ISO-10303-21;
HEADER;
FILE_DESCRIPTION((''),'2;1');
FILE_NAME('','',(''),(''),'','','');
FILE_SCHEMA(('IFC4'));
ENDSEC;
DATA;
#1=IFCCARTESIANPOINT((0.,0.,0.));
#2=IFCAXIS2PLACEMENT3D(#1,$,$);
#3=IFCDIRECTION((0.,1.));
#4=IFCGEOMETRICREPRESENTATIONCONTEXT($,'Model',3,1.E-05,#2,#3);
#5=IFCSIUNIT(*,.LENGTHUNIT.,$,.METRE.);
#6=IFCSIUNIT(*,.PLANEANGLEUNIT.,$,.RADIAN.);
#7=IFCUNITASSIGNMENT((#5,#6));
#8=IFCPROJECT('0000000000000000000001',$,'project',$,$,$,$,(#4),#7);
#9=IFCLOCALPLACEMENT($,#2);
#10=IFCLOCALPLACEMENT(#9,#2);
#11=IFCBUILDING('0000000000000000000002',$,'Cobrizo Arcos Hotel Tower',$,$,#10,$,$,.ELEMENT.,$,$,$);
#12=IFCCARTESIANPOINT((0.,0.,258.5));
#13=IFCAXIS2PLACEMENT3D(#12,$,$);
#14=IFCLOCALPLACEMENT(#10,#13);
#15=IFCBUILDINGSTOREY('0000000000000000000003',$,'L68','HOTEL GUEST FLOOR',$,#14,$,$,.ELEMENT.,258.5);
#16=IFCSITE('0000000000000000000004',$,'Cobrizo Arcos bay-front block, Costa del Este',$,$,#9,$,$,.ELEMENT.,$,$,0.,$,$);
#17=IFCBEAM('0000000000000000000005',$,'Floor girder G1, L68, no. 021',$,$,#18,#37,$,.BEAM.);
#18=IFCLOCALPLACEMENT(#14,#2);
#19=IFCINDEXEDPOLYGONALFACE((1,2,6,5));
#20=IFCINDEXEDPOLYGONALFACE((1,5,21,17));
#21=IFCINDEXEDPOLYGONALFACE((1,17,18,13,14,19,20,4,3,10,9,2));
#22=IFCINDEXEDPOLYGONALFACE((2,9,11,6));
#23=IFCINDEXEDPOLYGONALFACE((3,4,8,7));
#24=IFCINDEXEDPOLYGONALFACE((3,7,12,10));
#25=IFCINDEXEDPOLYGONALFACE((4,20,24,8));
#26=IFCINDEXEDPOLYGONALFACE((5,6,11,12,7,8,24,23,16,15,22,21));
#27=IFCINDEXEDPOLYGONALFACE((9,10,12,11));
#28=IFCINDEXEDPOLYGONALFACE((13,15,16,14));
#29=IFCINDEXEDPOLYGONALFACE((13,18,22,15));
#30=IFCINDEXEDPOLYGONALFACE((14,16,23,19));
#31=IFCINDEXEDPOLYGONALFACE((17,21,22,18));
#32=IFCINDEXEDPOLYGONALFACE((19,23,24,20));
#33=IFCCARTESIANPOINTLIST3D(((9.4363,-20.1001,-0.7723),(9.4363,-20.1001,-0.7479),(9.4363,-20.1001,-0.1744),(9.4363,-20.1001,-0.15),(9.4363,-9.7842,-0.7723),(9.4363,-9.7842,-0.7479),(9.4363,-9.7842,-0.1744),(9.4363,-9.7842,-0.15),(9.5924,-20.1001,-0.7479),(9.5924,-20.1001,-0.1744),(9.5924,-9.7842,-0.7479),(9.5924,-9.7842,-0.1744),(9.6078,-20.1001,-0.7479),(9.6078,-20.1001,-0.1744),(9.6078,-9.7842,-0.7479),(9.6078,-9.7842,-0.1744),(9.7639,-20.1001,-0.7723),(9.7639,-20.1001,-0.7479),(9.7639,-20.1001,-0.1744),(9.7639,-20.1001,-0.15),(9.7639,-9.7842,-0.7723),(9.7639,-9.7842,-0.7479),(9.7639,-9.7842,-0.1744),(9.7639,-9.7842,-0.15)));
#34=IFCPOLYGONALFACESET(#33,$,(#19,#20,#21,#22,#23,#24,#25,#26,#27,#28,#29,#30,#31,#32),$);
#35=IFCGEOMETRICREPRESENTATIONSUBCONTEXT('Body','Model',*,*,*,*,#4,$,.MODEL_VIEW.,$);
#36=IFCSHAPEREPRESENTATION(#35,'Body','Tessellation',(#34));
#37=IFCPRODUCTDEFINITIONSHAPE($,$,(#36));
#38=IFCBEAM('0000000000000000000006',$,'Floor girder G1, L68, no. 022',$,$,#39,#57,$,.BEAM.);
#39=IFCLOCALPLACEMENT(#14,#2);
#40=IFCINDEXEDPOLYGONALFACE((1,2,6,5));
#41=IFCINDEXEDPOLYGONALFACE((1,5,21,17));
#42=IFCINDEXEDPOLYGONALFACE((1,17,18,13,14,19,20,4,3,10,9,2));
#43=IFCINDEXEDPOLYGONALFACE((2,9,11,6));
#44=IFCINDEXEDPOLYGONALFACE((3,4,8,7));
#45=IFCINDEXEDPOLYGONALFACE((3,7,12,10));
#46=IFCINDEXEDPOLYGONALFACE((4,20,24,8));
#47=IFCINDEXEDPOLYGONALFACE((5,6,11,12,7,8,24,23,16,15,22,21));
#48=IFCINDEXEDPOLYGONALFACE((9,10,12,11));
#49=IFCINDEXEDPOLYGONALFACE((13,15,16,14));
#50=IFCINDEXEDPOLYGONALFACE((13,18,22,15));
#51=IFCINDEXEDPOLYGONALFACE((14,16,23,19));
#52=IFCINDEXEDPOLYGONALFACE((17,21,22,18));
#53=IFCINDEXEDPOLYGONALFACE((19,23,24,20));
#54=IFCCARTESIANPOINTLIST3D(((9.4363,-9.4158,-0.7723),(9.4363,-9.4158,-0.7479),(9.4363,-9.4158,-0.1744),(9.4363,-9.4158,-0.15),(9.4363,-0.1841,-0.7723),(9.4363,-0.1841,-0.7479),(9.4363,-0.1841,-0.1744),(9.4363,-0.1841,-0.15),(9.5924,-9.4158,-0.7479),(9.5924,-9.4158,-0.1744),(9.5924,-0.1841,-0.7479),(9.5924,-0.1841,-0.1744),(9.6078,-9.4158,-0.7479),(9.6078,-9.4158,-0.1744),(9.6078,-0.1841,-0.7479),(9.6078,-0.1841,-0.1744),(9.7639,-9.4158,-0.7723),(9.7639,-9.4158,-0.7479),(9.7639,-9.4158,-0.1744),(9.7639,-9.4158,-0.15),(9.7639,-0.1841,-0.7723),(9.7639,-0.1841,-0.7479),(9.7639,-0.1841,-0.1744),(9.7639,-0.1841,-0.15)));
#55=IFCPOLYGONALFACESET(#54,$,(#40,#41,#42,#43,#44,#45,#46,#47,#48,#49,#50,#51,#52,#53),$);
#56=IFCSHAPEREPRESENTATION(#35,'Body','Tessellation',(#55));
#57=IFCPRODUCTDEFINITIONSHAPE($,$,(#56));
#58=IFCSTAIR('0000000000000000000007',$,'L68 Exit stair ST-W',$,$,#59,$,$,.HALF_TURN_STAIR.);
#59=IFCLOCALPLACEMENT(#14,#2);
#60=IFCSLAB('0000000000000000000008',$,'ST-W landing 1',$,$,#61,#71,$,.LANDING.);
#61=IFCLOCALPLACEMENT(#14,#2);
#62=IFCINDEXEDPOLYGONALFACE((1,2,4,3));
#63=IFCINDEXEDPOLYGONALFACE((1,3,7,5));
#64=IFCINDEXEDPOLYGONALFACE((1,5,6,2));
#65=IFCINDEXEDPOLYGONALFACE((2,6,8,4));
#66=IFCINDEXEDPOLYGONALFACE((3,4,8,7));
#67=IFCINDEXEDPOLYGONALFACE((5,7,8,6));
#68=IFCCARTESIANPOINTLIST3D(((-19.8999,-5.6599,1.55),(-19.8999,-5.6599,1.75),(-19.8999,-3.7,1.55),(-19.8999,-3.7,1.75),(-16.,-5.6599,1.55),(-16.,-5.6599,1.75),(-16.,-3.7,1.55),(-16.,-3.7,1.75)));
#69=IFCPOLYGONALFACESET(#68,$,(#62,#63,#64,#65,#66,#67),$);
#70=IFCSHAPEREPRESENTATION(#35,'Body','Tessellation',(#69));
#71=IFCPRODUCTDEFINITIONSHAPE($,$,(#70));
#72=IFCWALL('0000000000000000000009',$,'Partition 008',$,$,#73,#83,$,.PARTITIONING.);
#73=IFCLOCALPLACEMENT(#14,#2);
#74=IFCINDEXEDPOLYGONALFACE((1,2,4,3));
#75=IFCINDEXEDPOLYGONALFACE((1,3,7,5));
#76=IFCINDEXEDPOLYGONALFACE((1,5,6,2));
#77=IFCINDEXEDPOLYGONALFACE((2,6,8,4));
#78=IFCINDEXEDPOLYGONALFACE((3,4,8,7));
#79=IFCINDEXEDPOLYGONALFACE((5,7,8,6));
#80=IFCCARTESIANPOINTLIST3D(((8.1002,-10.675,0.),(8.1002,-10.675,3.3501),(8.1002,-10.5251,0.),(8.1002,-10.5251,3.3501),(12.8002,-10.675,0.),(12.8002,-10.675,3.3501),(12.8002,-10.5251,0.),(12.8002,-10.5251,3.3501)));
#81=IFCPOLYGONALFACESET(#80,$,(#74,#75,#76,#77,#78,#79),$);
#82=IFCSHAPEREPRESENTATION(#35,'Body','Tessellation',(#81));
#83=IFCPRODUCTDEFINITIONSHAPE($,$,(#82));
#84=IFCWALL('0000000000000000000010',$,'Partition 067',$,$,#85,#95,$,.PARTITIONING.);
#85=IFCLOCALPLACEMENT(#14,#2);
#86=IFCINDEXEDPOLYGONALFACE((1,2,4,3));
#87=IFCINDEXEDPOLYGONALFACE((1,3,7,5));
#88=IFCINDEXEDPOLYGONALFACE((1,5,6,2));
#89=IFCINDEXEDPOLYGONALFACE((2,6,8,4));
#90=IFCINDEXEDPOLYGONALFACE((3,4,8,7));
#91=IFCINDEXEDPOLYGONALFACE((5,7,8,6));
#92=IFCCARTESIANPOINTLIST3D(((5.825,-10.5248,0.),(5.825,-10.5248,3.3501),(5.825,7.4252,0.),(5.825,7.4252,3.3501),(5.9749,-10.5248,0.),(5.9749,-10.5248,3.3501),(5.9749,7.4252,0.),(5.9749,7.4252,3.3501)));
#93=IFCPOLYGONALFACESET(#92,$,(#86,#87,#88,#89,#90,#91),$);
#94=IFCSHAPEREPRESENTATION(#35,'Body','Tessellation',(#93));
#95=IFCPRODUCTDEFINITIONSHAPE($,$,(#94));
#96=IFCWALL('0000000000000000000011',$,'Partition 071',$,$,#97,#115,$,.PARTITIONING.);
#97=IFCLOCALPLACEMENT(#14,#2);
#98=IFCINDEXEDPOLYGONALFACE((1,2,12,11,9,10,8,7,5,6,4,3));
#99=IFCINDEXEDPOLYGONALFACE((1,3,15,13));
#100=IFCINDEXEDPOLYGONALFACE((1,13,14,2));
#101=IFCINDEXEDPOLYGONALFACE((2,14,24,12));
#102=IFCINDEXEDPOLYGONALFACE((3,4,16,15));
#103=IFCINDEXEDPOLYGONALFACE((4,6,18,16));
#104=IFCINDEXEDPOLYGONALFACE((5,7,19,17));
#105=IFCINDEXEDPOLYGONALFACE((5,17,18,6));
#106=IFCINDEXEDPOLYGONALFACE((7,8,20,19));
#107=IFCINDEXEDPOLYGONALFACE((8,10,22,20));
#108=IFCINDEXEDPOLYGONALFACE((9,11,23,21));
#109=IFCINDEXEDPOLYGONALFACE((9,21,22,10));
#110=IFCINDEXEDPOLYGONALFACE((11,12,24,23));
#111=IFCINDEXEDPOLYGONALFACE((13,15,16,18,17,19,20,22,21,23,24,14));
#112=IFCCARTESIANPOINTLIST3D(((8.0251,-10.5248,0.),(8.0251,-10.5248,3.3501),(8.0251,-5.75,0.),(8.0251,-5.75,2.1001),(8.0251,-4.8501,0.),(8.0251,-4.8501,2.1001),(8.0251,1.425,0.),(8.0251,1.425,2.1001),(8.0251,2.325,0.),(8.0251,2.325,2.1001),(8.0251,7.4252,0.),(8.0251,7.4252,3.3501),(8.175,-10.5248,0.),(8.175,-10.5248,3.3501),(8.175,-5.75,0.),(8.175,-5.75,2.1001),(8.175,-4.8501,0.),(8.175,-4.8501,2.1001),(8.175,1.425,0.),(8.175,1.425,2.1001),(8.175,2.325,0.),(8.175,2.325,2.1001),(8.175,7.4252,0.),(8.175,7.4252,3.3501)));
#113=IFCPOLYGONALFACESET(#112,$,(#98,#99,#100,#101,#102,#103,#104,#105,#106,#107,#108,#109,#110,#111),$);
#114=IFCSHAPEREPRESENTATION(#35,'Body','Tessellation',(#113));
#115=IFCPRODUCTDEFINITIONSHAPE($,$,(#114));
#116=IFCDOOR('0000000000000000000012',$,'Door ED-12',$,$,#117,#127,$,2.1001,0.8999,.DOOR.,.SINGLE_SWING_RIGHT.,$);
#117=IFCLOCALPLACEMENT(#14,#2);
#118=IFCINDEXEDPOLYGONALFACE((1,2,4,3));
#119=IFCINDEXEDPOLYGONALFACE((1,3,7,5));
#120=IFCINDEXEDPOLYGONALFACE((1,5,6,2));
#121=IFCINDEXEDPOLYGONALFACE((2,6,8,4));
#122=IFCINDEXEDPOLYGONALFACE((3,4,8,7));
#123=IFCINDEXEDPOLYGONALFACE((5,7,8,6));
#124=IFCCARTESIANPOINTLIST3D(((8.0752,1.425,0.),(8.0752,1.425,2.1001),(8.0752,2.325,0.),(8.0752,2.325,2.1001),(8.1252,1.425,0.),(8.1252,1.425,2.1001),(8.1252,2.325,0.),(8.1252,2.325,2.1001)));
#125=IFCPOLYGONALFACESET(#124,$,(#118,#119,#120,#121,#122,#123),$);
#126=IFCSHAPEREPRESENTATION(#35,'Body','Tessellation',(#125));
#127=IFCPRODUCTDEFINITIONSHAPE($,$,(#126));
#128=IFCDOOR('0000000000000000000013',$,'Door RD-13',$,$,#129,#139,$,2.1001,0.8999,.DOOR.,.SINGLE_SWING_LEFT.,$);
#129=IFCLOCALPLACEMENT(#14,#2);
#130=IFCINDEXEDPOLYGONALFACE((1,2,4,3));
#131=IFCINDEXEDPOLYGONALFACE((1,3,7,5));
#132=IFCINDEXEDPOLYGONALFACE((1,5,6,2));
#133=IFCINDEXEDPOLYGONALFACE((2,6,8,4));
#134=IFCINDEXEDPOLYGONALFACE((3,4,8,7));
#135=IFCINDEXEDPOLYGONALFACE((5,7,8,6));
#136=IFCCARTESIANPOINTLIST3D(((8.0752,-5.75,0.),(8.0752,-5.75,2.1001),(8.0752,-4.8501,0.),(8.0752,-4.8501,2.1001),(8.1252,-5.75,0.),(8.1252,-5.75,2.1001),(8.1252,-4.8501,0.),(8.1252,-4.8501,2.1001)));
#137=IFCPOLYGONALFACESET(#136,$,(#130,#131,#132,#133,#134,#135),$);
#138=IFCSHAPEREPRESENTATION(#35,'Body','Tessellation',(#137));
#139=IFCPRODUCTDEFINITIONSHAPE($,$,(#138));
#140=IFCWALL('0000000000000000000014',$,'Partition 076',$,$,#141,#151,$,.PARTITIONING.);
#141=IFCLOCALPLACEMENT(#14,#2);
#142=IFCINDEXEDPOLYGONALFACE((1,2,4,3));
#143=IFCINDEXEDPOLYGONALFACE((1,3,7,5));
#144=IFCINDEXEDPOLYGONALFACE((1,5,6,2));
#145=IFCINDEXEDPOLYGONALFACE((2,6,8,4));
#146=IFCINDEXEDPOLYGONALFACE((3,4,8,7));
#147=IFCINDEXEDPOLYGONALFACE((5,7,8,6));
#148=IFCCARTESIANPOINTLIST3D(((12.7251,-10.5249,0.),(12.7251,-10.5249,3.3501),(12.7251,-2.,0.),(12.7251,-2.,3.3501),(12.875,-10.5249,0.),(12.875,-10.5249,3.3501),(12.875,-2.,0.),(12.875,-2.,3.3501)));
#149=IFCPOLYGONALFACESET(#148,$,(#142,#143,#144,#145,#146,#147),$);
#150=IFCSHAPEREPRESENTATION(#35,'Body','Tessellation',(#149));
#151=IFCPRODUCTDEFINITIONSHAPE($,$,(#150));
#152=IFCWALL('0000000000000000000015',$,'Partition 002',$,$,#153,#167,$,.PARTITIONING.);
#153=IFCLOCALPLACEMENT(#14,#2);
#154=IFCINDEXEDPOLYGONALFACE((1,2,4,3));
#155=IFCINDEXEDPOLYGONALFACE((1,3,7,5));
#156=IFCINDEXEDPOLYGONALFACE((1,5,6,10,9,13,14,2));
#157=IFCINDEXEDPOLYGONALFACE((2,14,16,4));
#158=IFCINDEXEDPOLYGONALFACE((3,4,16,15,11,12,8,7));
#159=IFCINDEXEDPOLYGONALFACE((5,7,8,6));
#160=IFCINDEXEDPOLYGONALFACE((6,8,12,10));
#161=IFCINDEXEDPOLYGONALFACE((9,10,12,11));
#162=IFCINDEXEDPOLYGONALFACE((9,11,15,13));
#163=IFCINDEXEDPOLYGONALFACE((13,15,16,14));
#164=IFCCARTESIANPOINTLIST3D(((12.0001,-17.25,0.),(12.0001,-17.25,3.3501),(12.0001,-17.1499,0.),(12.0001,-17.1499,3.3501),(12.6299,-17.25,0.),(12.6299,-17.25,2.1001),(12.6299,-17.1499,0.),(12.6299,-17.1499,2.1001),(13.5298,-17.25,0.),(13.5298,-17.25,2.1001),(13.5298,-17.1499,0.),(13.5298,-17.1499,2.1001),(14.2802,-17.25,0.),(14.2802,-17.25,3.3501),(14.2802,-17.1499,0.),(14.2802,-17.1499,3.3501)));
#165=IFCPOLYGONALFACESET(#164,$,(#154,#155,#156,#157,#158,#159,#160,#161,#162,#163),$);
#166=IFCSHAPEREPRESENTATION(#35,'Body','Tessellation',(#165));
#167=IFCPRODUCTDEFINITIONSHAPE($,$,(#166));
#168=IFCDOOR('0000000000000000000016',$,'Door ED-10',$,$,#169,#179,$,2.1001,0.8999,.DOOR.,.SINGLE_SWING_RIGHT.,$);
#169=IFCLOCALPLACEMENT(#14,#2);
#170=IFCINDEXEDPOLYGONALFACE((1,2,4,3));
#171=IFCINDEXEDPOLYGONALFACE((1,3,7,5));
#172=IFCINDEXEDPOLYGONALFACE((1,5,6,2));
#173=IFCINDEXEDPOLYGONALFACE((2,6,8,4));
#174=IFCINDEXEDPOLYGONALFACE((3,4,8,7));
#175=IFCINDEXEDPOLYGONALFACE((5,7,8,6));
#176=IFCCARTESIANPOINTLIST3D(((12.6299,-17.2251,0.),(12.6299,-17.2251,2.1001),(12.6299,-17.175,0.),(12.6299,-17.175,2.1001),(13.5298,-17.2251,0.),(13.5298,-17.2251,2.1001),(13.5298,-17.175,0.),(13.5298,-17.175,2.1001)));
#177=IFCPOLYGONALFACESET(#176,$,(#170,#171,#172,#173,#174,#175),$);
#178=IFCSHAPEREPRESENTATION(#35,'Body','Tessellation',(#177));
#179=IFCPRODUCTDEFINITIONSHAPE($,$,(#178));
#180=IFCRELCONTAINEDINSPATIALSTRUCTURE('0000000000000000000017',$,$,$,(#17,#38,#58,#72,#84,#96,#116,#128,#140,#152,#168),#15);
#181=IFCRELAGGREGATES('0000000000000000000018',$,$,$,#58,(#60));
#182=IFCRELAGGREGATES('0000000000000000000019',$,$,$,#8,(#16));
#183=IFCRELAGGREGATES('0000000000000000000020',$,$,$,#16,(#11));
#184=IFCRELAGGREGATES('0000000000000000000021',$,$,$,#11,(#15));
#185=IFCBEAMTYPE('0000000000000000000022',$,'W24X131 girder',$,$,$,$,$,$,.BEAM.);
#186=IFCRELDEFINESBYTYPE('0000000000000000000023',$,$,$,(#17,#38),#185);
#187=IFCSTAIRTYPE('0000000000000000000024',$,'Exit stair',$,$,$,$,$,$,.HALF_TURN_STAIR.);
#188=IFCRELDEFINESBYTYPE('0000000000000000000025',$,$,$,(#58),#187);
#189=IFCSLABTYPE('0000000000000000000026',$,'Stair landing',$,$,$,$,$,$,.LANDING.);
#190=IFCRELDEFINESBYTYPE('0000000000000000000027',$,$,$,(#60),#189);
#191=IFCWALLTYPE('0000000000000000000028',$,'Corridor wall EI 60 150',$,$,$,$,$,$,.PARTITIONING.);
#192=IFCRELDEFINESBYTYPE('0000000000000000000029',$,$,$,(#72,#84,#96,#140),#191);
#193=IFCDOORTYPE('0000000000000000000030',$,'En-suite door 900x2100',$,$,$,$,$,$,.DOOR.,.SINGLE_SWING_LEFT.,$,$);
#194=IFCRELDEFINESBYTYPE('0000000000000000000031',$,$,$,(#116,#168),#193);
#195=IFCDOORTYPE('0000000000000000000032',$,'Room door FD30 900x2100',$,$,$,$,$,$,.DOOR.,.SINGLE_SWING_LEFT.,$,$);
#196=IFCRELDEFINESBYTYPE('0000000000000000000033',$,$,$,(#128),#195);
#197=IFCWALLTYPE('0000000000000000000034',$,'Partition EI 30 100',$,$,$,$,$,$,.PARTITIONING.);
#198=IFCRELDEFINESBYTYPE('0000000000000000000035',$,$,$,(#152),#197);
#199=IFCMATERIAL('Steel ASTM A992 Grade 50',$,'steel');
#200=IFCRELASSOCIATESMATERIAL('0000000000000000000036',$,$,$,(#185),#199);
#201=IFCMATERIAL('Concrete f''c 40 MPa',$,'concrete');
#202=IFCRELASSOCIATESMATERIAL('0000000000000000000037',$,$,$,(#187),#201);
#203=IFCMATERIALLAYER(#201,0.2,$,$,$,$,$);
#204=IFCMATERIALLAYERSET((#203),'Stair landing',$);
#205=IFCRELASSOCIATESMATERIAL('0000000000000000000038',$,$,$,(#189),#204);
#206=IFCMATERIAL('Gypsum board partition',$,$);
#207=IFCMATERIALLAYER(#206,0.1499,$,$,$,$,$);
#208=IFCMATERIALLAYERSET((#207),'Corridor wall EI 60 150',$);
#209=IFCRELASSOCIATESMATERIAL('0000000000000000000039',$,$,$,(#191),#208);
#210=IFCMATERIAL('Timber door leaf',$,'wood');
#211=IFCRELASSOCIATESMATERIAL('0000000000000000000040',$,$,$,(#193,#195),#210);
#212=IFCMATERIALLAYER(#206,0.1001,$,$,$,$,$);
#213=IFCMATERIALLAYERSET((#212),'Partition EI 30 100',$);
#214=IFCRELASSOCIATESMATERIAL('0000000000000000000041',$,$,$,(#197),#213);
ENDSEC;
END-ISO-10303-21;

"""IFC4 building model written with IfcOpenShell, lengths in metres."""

from ifc_helpers import new_model, si_unit, direction, frame, frame_2d, origin, origin_2d, place, context, subcontext, project, spatial, polyline, rectangle, i_section, outline, extrude, material, layer, layer_set, material_profile, profile_set, type_object, element, fill, aggregate, save


model = new_model("IFC4")

# Units and contexts
model_context = context("Model", 3, precision=1e-05, world=origin(), true_north=direction((0.0, 1.0)))
body_context = subcontext(model_context, "Body", "Model", "MODEL_VIEW")
ifc_project = project(units=[si_unit("LENGTHUNIT", "METRE"), si_unit("PLANEANGLEUNIT", "RADIAN")], contexts=[model_context])

# Site, building, storey
site_placement = place(None, origin())
site = spatial("IfcSite", under=ifc_project, at=site_placement, Name="Cobrizo Arcos bay-front block, Costa del Este", CompositionType="ELEMENT", RefElevation=0.0)
building_placement = place(site_placement, origin())
building = spatial("IfcBuilding", under=site, at=building_placement, Name="Cobrizo Arcos Hotel Tower", CompositionType="ELEMENT")
storey_placement = place(building_placement, frame((0.0, 0.0, 258.5)))
storey = spatial("IfcBuildingStorey", under=building, at=storey_placement, Name="L68", Description="HOTEL GUEST FLOOR", CompositionType="ELEMENT", Elevation=258.5)

# Shared definitions
ifc_material_1 = material(Name="Steel ASTM A992 Grade 50", Category="steel")

# Beams
ifc_material_profile_1 = material_profile(ifc_material_1, i_section(OverallWidth=0.3276, OverallDepth=0.6223, WebThickness=0.0154, FlangeThickness=0.0244, at=origin_2d()), Name="W24X131")
ifc_profile_set_1 = profile_set([ifc_material_profile_1], Name="Steel ASTM A992 Grade 50")
beam_type_1 = type_object("IfcBeamType", Name="W24X131 girder", PredefinedType="BEAM", material=ifc_profile_set_1)
beam_1_placement = place(storey_placement, frame((9.6001, -20.1001, -0.4612), z_axis=(0.0, 1.0, 0.0), x_axis=(-1.0, 0.0, 0.0)))
element("IfcBeam", 1, at=beam_1_placement, inside=storey, type_object=beam_type_1, Name="Floor girder G1, L68, no. 021", PredefinedType="BEAM", context=body_context, shape_type="SweptSolid", body=[
    extrude(i_section(OverallWidth=0.3276, OverallDepth=0.6223, WebThickness=0.0154, FlangeThickness=0.0244, at=origin_2d()), origin(), (0.0, 0.0, 1.0), 10.3159),
])
beam_2_placement = place(storey_placement, frame((9.6001, -9.4158, -0.4612), z_axis=(0.0, 1.0, 0.0), x_axis=(-1.0, 0.0, 0.0)))
element("IfcBeam", 2, at=beam_2_placement, inside=storey, type_object=beam_type_1, Name="Floor girder G1, L68, no. 022", PredefinedType="BEAM", context=body_context, shape_type="SweptSolid", body=[
    extrude(i_section(OverallWidth=0.3276, OverallDepth=0.6223, WebThickness=0.0154, FlangeThickness=0.0244, at=origin_2d()), origin(), (0.0, 0.0, 1.0), 9.2317),
])

# Stair, slab
ifc_material_2 = material(Name="Concrete f'c 40 MPa", Category="concrete")
stair_type = type_object("IfcStairType", Name="Exit stair", PredefinedType="HALF_TURN_STAIR", material=ifc_material_2)
stair_placement = place(storey_placement, origin())
stair = element("IfcStair", 3, at=stair_placement, inside=storey, type_object=stair_type, Name="L68 Exit stair ST-W", PredefinedType="HALF_TURN_STAIR")
ifc_layer_1 = layer(ifc_material_2, 0.2)
ifc_layer_set_1 = layer_set([ifc_layer_1], Name="Stair landing")
slab_type = type_object("IfcSlabType", Name="Stair landing", PredefinedType="LANDING", material=ifc_layer_set_1)
slab_placement = place(storey_placement, frame((0.0, 0.0, 1.55)))
slab = element("IfcSlab", 4, at=slab_placement, type_object=slab_type, Name="ST-W landing 1", PredefinedType="LANDING", context=body_context, shape_type="SweptSolid", body=[
    extrude(outline(polyline([(-16.0, -5.6599), (-16.0, -3.7), (-19.8999, -3.7), (-19.8999, -5.6599), (-16.0, -5.6599)])), origin(), (0.0, 0.0, 1.0), 0.2),
])
aggregate(stair, [slab])

# Walls
ifc_material_3 = material(Name="Gypsum board partition")
ifc_layer_2 = layer(ifc_material_3, 0.1499)
ifc_layer_set_2 = layer_set([ifc_layer_2], Name="Corridor wall EI 60 150")
wall_type_1 = type_object("IfcWallType", Name="Corridor wall EI 60 150", PredefinedType="PARTITIONING", material=ifc_layer_set_2)
wall_1_placement = place(storey_placement, frame((8.1001, -10.6001, 0.0), z_axis=(0.0, 0.0, 1.0), x_axis=(1.0, 0.0, 0.0)))
element("IfcWall", 5, at=wall_1_placement, inside=storey, type_object=wall_type_1, Name="Partition 008", PredefinedType="PARTITIONING", context=body_context, shape_type="SweptSolid", body=[
    extrude(rectangle(XDim=4.7, YDim=0.1499, at=frame_2d((2.3501, 0.0))), origin(), (0.0, 0.0, 1.0), 3.3501),
])
wall_2_placement = place(storey_placement, frame((5.8999, -10.5249, 0.0), z_axis=(0.0, 0.0, 1.0), x_axis=(0.0, 1.0, 0.0)))
element("IfcWall", 6, at=wall_2_placement, inside=storey, type_object=wall_type_1, Name="Partition 067", PredefinedType="PARTITIONING", context=body_context, shape_type="SweptSolid", body=[
    extrude(rectangle(XDim=17.95, YDim=0.1499, at=frame_2d((8.9751, 0.0))), origin(), (0.0, 0.0, 1.0), 3.3501),
])

# Wall, openings, doors
wall_3_placement = place(storey_placement, frame((8.1001, -10.5249, 0.0), z_axis=(0.0, 0.0, 1.0), x_axis=(0.0, 1.0, 0.0)))
wall_3 = element("IfcWall", 7, at=wall_3_placement, inside=storey, type_object=wall_type_1, Name="Partition 071", PredefinedType="PARTITIONING", context=body_context, shape_type="SweptSolid", body=[
    extrude(rectangle(XDim=17.95, YDim=0.1499, at=frame_2d((8.9751, 0.0))), origin(), (0.0, 0.0, 1.0), 3.3501),
])
opening_1_placement = place(wall_3_placement, frame((11.95, 0.0, 0.0)))
opening_1 = element("IfcOpeningElement", 8, at=opening_1_placement, cuts=wall_3, PredefinedType="OPENING", context=body_context, shape_type="SweptSolid", body=[
    extrude(rectangle(XDim=0.8999, YDim=2.1001, at=frame_2d((0.45, 1.05))), frame((0.0, 0.0869, 0.0), z_axis=(0.0, -1.0, 0.0), x_axis=(1.0, 0.0, 0.0)), (0.0, 0.0, 1.0), 0.1738),
])
opening_2_placement = place(wall_3_placement, frame((4.7749, 0.0, 0.0)))
opening_2 = element("IfcOpeningElement", 9, at=opening_2_placement, cuts=wall_3, PredefinedType="OPENING", context=body_context, shape_type="SweptSolid", body=[
    extrude(rectangle(XDim=0.8999, YDim=2.1001, at=frame_2d((0.45, 1.05))), frame((0.0, 0.0869, 0.0), z_axis=(0.0, -1.0, 0.0), x_axis=(1.0, 0.0, 0.0)), (0.0, 0.0, 1.0), 0.1738),
])
ifc_material_4 = material(Name="Timber door leaf", Category="wood")
door_type_1 = type_object("IfcDoorType", Name="En-suite door 900x2100", OperationType="SINGLE_SWING_LEFT", PredefinedType="DOOR", material=ifc_material_4)
door_1_placement = place(opening_1_placement, origin())
door_1 = element("IfcDoor", 10, at=door_1_placement, inside=storey, type_object=door_type_1, Name="Door ED-12", OperationType="SINGLE_SWING_RIGHT", OverallHeight=2.1001, OverallWidth=0.8999, PredefinedType="DOOR", context=body_context, shape_type="SweptSolid", body=[
    extrude(rectangle(XDim=0.8999, YDim=2.1001, at=frame_2d((0.45, 1.05))), frame((0.0, 0.0249, 0.0), z_axis=(0.0, -1.0, 0.0), x_axis=(1.0, 0.0, 0.0)), (0.0, 0.0, 1.0), 0.05),
])
fill(opening_1, door_1)
door_type_2 = type_object("IfcDoorType", Name="Room door FD30 900x2100", OperationType="SINGLE_SWING_LEFT", PredefinedType="DOOR", material=ifc_material_4)
door_2_placement = place(opening_2_placement, origin())
door_2 = element("IfcDoor", 11, at=door_2_placement, inside=storey, type_object=door_type_2, Name="Door RD-13", OperationType="SINGLE_SWING_LEFT", OverallHeight=2.1001, OverallWidth=0.8999, PredefinedType="DOOR", context=body_context, shape_type="SweptSolid", body=[
    extrude(rectangle(XDim=0.8999, YDim=2.1001, at=frame_2d((0.45, 1.05))), frame((0.0, 0.0249, 0.0), z_axis=(0.0, -1.0, 0.0), x_axis=(1.0, 0.0, 0.0)), (0.0, 0.0, 1.0), 0.05),
])
fill(opening_2, door_2)

# Wall
wall_4_placement = place(storey_placement, frame((12.8, -10.5249, 0.0), z_axis=(0.0, 0.0, 1.0), x_axis=(0.0, 1.0, 0.0)))
element("IfcWall", 12, at=wall_4_placement, inside=storey, type_object=wall_type_1, Name="Partition 076", PredefinedType="PARTITIONING", context=body_context, shape_type="SweptSolid", body=[
    extrude(rectangle(XDim=8.5249, YDim=0.1499, at=frame_2d((4.2625, 0.0))), origin(), (0.0, 0.0, 1.0), 3.3501),
])

# Wall, opening, door
ifc_layer_3 = layer(ifc_material_3, 0.1001)
ifc_layer_set_3 = layer_set([ifc_layer_3], Name="Partition EI 30 100")
wall_type_2 = type_object("IfcWallType", Name="Partition EI 30 100", PredefinedType="PARTITIONING", material=ifc_layer_set_3)
wall_5_placement = place(storey_placement, frame((12.0, -17.2, 0.0), z_axis=(0.0, 0.0, 1.0), x_axis=(1.0, 0.0, 0.0)))
wall_5 = element("IfcWall", 13, at=wall_5_placement, inside=storey, type_object=wall_type_2, Name="Partition 002", PredefinedType="PARTITIONING", context=body_context, shape_type="SweptSolid", body=[
    extrude(rectangle(XDim=2.28, YDim=0.1001, at=frame_2d((1.1401, 0.0))), origin(), (0.0, 0.0, 1.0), 3.3501),
])
opening_3_placement = place(wall_5_placement, frame((0.6299, 0.0, 0.0)))
opening_3 = element("IfcOpeningElement", 14, at=opening_3_placement, cuts=wall_5, PredefinedType="OPENING", context=body_context, shape_type="SweptSolid", body=[
    extrude(rectangle(XDim=0.8999, YDim=2.1001, at=frame_2d((0.45, 1.05))), frame((0.0, 0.062, 0.0), z_axis=(0.0, -1.0, 0.0), x_axis=(1.0, 0.0, 0.0)), (0.0, 0.0, 1.0), 0.124),
])
door_3_placement = place(opening_3_placement, origin())
door_3 = element("IfcDoor", 15, at=door_3_placement, inside=storey, type_object=door_type_1, Name="Door ED-10", OperationType="SINGLE_SWING_RIGHT", OverallHeight=2.1001, OverallWidth=0.8999, PredefinedType="DOOR", context=body_context, shape_type="SweptSolid", body=[
    extrude(rectangle(XDim=0.8999, YDim=2.1001, at=frame_2d((0.45, 1.05))), frame((0.0, 0.0249, 0.0), z_axis=(0.0, -1.0, 0.0), x_axis=(1.0, 0.0, 0.0)), (0.0, 0.0, 1.0), 0.05),
])
fill(opening_3, door_3)

save(model, "model.ifc")
